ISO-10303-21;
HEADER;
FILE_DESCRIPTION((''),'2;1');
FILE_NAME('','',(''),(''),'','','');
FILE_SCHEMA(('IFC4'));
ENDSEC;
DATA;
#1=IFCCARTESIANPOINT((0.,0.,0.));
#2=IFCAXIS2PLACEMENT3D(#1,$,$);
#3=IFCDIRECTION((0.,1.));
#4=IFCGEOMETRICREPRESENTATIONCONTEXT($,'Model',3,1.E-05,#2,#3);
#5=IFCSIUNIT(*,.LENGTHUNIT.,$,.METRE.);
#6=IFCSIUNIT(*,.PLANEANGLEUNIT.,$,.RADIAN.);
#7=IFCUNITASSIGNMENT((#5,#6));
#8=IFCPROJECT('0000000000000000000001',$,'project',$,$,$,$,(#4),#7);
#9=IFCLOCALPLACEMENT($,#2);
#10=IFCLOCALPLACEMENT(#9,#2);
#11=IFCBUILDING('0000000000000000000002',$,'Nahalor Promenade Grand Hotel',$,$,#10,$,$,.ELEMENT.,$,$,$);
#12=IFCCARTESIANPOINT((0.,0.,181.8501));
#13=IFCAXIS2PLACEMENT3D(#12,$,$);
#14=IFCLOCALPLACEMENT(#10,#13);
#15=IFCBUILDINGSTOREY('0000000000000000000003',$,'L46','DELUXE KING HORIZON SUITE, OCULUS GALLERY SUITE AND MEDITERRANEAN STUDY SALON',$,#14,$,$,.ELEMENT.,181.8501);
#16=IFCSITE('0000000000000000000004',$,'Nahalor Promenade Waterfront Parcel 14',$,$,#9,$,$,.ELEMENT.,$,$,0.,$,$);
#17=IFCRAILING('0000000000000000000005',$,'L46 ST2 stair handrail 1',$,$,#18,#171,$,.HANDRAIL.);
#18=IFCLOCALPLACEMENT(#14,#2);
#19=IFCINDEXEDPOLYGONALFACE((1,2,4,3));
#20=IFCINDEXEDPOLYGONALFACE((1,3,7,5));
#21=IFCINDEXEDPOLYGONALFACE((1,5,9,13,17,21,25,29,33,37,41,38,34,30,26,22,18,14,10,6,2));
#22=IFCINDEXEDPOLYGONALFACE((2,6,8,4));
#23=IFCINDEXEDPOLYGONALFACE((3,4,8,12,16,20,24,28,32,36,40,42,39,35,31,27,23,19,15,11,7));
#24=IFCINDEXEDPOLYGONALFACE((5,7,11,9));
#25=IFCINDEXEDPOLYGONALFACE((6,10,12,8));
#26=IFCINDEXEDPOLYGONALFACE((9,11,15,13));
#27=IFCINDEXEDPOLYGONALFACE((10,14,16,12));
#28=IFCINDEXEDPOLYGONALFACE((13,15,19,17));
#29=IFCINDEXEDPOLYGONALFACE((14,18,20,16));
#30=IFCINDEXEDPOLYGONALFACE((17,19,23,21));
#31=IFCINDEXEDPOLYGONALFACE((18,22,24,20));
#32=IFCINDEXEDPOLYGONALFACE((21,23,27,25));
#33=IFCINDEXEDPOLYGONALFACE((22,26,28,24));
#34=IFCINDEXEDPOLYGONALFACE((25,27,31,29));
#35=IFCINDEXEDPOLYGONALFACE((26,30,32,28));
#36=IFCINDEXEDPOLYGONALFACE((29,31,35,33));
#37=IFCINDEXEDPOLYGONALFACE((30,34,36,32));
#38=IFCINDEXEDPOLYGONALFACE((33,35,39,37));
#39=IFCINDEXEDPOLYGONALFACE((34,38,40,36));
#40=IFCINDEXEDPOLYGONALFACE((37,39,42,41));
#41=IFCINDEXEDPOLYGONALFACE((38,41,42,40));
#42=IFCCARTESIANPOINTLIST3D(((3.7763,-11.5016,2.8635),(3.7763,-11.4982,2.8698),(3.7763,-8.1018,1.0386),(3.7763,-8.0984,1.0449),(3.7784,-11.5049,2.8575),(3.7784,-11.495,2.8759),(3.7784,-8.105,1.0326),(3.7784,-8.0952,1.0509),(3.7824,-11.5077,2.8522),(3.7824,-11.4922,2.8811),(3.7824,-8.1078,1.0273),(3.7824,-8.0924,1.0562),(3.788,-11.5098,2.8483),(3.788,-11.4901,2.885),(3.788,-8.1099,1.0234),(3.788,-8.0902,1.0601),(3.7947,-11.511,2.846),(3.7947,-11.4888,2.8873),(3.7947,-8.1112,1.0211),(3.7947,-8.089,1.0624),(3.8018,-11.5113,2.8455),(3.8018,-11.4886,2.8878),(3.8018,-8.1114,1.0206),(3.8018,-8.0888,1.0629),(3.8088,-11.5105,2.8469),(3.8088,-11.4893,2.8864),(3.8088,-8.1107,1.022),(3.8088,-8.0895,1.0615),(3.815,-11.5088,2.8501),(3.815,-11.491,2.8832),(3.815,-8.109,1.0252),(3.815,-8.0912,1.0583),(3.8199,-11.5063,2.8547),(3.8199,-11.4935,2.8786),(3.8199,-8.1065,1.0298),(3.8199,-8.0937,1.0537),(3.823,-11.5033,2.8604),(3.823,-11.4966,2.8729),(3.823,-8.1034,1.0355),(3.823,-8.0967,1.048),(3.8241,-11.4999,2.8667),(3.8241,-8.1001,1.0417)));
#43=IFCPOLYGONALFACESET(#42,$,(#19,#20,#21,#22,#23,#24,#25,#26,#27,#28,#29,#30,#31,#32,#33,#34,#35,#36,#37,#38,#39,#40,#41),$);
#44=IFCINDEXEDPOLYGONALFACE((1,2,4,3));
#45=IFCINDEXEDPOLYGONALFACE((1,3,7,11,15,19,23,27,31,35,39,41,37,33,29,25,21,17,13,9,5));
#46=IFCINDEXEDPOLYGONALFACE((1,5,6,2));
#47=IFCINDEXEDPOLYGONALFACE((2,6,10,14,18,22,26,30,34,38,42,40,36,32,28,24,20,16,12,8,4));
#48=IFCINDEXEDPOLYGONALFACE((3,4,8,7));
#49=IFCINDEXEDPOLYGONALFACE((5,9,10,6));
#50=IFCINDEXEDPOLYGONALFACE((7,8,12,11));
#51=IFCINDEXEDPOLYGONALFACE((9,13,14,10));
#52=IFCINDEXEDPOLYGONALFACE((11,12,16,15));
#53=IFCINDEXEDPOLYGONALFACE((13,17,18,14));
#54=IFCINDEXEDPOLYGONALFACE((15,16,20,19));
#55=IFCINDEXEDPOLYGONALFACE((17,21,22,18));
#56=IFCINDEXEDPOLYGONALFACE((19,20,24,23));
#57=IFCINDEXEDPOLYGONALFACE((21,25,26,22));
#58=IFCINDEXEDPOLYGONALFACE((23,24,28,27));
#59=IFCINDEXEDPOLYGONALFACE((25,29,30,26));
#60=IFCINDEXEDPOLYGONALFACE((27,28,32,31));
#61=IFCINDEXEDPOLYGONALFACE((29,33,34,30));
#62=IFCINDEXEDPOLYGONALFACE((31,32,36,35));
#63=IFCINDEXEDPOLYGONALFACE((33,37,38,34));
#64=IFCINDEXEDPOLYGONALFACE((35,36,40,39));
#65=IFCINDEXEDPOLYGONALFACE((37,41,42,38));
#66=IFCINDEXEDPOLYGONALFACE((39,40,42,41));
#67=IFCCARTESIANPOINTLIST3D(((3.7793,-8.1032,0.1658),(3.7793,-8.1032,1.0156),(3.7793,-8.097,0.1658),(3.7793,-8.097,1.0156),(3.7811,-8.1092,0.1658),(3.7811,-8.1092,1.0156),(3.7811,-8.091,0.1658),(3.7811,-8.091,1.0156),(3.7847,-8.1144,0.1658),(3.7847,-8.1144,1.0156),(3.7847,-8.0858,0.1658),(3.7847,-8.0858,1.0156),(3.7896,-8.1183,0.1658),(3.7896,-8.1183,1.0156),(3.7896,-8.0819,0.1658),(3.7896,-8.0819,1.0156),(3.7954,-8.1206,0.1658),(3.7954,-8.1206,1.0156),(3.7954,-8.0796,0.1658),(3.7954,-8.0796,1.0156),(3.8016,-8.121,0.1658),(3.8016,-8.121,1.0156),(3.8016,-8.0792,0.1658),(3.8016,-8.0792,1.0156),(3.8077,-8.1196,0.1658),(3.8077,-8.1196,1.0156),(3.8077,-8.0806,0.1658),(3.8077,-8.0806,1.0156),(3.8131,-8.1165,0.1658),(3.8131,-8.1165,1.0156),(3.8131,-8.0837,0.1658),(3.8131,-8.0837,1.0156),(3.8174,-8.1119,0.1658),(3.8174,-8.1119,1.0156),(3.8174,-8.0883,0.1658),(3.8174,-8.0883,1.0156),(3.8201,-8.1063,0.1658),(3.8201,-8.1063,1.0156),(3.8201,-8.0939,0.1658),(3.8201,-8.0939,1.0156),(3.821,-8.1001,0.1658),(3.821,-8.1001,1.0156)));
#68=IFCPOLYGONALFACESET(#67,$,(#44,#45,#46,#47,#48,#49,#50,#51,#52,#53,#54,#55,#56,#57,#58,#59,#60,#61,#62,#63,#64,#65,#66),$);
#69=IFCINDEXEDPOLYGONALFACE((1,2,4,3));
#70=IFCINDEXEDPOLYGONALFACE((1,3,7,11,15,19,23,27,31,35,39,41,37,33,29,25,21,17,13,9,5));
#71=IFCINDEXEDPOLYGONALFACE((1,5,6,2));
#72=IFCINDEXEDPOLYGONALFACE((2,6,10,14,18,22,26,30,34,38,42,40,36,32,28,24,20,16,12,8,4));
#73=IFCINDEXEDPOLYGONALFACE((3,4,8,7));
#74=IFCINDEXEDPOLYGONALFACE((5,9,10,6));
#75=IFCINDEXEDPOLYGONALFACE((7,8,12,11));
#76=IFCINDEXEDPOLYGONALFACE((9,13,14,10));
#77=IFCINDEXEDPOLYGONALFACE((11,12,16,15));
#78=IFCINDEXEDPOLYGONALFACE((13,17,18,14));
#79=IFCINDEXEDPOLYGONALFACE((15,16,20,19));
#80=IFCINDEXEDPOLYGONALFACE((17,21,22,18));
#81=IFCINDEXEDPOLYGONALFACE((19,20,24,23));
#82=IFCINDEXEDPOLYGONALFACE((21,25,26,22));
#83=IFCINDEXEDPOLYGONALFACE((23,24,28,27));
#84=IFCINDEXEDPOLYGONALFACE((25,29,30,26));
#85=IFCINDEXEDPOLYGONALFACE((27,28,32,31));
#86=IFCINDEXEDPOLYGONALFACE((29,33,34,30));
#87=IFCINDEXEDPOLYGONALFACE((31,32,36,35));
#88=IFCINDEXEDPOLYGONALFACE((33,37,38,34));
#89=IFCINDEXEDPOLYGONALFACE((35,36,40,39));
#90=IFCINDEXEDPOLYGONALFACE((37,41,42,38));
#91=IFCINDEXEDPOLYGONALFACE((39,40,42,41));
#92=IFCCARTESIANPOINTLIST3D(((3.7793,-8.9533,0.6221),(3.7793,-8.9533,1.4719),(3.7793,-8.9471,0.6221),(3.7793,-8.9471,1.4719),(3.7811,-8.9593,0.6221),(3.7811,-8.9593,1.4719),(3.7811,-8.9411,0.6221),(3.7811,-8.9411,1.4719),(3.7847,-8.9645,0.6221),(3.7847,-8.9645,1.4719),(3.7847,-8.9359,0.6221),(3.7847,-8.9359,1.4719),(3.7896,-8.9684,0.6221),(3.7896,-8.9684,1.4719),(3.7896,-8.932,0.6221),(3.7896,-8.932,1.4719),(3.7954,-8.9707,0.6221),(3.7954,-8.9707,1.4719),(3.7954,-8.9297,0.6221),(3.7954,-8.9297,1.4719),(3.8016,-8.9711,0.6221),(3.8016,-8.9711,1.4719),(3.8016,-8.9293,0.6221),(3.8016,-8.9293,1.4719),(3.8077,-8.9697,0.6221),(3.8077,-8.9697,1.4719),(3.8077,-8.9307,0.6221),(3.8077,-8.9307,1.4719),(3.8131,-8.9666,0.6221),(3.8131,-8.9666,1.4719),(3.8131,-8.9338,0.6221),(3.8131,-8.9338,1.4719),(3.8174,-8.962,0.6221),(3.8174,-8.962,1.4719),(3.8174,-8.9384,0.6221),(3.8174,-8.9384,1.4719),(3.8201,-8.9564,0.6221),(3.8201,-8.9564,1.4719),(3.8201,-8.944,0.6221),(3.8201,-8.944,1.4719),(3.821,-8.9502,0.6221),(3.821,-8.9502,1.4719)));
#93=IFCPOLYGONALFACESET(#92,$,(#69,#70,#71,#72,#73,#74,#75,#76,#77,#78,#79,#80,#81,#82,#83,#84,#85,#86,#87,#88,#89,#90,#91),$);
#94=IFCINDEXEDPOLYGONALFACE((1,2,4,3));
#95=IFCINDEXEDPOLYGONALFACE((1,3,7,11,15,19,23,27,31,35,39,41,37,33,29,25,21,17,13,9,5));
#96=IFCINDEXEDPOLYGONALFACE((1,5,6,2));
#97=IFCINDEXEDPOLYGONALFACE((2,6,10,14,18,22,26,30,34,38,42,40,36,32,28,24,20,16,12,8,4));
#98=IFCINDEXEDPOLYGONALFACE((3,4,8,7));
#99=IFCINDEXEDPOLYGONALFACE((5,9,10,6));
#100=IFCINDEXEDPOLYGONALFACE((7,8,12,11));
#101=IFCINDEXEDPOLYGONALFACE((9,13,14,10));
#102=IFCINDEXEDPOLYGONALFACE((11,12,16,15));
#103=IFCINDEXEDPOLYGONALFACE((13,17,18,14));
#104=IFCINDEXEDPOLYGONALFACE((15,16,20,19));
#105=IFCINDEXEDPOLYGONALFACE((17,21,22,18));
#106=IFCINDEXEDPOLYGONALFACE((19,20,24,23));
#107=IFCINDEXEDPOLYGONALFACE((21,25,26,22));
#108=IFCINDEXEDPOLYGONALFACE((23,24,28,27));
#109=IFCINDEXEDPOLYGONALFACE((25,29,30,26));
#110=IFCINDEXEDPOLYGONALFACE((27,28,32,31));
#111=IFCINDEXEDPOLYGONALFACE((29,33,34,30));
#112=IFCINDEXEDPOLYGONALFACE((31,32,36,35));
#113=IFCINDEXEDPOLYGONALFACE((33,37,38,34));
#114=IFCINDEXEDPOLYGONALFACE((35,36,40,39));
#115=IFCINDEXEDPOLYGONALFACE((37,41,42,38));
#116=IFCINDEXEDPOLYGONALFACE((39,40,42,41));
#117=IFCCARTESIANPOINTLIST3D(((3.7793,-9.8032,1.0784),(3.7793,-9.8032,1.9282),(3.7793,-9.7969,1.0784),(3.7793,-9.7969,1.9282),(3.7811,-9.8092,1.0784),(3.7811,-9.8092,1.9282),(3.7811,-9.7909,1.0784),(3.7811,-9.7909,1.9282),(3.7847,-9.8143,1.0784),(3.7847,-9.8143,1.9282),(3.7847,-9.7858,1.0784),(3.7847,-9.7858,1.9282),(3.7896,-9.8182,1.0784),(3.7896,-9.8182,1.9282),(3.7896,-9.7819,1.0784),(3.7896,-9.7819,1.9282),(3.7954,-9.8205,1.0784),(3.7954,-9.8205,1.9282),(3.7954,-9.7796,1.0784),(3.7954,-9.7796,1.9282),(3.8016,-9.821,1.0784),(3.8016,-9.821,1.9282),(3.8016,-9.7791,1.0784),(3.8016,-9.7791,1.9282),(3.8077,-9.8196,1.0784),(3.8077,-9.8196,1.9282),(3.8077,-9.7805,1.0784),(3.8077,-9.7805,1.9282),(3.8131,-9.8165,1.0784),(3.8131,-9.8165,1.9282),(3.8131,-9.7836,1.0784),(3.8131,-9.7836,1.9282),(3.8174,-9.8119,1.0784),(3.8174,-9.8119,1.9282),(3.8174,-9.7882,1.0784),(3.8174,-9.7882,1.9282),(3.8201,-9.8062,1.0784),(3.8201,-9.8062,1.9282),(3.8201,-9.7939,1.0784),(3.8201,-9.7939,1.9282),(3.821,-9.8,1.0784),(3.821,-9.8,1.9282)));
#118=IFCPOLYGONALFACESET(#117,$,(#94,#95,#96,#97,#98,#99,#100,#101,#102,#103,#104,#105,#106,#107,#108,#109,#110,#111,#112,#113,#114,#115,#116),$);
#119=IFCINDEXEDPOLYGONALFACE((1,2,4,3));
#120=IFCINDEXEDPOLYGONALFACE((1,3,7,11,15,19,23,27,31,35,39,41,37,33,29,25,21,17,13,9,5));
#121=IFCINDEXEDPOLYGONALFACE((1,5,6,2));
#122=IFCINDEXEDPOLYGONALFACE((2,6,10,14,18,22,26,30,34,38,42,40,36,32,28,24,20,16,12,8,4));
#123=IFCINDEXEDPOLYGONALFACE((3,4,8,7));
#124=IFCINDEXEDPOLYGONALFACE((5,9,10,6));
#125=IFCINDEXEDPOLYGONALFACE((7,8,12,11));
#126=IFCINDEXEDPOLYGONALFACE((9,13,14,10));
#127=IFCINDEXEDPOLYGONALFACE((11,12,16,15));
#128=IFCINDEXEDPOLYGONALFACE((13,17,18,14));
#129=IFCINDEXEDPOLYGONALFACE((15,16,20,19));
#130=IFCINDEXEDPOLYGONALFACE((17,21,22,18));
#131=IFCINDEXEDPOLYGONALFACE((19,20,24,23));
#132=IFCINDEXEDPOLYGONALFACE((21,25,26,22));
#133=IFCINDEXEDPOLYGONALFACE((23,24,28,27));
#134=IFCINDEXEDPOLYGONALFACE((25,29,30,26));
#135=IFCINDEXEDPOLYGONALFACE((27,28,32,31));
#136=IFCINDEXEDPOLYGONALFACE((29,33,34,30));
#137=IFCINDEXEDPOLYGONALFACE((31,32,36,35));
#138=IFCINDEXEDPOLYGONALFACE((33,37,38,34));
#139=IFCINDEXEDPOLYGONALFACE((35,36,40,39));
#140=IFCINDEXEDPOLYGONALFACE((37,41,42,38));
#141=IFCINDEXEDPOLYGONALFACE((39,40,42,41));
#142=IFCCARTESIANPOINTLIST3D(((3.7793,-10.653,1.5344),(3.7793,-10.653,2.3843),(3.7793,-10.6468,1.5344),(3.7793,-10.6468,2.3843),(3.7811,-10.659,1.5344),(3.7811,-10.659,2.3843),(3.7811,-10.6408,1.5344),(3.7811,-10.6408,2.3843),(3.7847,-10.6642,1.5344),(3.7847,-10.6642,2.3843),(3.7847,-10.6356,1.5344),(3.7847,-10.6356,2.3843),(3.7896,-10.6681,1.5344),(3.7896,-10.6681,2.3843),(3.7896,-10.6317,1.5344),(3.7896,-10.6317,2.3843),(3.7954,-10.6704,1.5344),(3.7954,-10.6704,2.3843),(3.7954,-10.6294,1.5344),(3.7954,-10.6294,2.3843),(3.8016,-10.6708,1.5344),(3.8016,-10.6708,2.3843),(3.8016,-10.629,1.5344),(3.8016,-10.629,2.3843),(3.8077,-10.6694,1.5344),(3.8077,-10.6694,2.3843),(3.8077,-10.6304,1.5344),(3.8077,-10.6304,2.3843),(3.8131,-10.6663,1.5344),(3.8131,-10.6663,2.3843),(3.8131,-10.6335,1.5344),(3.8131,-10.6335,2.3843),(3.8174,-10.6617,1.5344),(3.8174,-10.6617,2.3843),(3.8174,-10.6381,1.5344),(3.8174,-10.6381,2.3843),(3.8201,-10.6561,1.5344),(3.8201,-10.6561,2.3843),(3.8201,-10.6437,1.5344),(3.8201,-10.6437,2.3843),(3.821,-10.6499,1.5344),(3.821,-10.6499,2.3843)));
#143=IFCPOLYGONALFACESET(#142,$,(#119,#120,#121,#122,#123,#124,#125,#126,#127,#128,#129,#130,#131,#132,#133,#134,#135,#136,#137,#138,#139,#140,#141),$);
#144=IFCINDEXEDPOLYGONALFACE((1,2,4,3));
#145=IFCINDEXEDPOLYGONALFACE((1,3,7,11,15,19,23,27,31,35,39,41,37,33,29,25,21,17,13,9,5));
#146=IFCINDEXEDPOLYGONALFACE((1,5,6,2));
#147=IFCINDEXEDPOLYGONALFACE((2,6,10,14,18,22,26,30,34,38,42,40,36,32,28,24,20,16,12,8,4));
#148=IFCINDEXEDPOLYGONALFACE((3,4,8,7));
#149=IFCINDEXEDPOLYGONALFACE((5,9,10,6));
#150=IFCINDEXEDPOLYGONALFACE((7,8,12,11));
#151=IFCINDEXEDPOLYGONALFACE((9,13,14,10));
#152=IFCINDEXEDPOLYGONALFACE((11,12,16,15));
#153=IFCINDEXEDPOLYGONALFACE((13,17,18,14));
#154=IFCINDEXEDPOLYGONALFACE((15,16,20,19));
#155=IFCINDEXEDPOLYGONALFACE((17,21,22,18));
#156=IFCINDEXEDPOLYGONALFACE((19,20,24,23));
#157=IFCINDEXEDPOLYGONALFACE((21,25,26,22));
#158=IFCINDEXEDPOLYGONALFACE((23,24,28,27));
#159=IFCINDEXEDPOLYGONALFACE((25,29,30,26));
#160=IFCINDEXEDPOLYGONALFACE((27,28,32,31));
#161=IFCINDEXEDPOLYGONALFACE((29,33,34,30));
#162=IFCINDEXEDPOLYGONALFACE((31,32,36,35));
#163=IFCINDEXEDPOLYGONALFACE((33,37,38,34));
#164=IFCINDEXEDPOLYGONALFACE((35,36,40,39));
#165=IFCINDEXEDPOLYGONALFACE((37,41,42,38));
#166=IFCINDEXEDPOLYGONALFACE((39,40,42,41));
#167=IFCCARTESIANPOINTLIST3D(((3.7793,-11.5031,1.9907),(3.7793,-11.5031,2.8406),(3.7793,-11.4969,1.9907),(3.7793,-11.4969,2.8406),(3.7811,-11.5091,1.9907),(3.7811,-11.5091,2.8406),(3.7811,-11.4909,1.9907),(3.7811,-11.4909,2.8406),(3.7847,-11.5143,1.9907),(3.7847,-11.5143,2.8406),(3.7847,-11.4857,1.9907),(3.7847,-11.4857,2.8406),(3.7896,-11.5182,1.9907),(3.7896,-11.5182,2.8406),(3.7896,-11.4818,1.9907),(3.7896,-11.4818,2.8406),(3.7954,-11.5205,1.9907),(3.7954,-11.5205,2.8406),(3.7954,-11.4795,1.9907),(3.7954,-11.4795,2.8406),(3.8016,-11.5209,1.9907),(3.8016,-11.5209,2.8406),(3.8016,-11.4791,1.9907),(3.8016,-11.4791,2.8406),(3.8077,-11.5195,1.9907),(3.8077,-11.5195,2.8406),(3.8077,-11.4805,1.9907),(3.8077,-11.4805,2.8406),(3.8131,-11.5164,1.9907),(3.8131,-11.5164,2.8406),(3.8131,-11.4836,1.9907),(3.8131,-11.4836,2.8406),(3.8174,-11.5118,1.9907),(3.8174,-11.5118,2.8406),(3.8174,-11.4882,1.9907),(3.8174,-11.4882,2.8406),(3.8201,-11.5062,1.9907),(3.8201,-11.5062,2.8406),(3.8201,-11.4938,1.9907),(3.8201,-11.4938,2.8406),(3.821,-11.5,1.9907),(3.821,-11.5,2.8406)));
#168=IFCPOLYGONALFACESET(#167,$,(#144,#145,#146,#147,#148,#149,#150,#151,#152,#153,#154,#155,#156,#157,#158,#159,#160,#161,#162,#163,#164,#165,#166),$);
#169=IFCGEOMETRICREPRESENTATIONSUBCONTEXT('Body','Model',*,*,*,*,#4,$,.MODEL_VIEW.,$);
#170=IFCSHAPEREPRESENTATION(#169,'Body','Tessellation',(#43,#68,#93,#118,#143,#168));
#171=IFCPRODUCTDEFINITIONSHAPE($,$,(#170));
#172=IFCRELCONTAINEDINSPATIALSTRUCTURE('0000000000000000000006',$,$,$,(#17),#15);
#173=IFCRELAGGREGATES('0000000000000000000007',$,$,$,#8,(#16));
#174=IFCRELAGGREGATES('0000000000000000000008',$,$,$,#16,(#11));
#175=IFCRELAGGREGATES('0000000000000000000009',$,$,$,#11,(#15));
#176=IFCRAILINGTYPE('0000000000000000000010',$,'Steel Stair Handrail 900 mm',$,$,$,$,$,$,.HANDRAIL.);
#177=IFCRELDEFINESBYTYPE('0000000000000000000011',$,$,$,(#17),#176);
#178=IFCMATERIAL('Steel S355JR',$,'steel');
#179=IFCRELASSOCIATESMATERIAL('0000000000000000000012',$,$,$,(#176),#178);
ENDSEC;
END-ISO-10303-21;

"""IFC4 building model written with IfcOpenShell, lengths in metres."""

from ifc_helpers import new_model, si_unit, direction, frame, origin, origin_2d, place, context, subcontext, project, spatial, circle, extrude, material, type_object, element, save


model = new_model("IFC4")

# Units and contexts
model_context = context("Model", 3, precision=1e-05, world=origin(), true_north=direction((0.0, 1.0)))
body_context = subcontext(model_context, "Body", "Model", "MODEL_VIEW")
ifc_project = project(units=[si_unit("LENGTHUNIT", "METRE"), si_unit("PLANEANGLEUNIT", "RADIAN")], contexts=[model_context])

# Site, building, storey
site_placement = place(None, origin())
site = spatial("IfcSite", under=ifc_project, at=site_placement, Name="Nahalor Promenade Waterfront Parcel 14", CompositionType="ELEMENT", RefElevation=0.0)
building_placement = place(site_placement, origin())
building = spatial("IfcBuilding", under=site, at=building_placement, Name="Nahalor Promenade Grand Hotel", CompositionType="ELEMENT")
storey_placement = place(building_placement, frame((0.0, 0.0, 181.8501)))
storey = spatial("IfcBuildingStorey", under=building, at=storey_placement, Name="L46", Description="DELUXE KING HORIZON SUITE, OCULUS GALLERY SUITE AND MEDITERRANEAN STUDY SALON", CompositionType="ELEMENT", Elevation=181.8501)

# Shared definitions
ifc_material_1 = material(Name="Steel S355JR", Category="steel")

# Railing
railing_type_1 = type_object("IfcRailingType", Name="Steel Stair Handrail 900 mm", PredefinedType="HANDRAIL", material=ifc_material_1)
railing_1_placement = place(storey_placement, frame((3.8, -8.1001, 0.1658)))
element("IfcRailing", 1, at=railing_1_placement, inside=storey, type_object=railing_type_1, Name="L46 ST2 stair handrail 1", PredefinedType="HANDRAIL", context=body_context, shape_type="SweptSolid", body=[
    extrude(circle(Radius=0.024, at=origin_2d()), frame((0.0, 0.0, 0.876), z_axis=(0.0, -0.881094, 0.472941), x_axis=(1.0, 0.0, 0.0)), (0.0, 0.0, 1.0), 3.8586),
    extrude(circle(Radius=0.021, at=origin_2d()), origin(), (0.0, 0.0, 1.0), 0.8499),
    extrude(circle(Radius=0.021, at=origin_2d()), frame((0.0, -0.8501, 0.4563)), (0.0, 0.0, 1.0), 0.8499),
    extrude(circle(Radius=0.021, at=origin_2d()), frame((0.0, -1.7, 0.9126)), (0.0, 0.0, 1.0), 0.8499),
    extrude(circle(Radius=0.021, at=origin_2d()), frame((0.0, -2.5498, 1.3687)), (0.0, 0.0, 1.0), 0.8499),
    extrude(circle(Radius=0.021, at=origin_2d()), frame((0.0, -3.3999, 1.825)), (0.0, 0.0, 1.0), 0.8499),
])

save(model, "model.ifc")
